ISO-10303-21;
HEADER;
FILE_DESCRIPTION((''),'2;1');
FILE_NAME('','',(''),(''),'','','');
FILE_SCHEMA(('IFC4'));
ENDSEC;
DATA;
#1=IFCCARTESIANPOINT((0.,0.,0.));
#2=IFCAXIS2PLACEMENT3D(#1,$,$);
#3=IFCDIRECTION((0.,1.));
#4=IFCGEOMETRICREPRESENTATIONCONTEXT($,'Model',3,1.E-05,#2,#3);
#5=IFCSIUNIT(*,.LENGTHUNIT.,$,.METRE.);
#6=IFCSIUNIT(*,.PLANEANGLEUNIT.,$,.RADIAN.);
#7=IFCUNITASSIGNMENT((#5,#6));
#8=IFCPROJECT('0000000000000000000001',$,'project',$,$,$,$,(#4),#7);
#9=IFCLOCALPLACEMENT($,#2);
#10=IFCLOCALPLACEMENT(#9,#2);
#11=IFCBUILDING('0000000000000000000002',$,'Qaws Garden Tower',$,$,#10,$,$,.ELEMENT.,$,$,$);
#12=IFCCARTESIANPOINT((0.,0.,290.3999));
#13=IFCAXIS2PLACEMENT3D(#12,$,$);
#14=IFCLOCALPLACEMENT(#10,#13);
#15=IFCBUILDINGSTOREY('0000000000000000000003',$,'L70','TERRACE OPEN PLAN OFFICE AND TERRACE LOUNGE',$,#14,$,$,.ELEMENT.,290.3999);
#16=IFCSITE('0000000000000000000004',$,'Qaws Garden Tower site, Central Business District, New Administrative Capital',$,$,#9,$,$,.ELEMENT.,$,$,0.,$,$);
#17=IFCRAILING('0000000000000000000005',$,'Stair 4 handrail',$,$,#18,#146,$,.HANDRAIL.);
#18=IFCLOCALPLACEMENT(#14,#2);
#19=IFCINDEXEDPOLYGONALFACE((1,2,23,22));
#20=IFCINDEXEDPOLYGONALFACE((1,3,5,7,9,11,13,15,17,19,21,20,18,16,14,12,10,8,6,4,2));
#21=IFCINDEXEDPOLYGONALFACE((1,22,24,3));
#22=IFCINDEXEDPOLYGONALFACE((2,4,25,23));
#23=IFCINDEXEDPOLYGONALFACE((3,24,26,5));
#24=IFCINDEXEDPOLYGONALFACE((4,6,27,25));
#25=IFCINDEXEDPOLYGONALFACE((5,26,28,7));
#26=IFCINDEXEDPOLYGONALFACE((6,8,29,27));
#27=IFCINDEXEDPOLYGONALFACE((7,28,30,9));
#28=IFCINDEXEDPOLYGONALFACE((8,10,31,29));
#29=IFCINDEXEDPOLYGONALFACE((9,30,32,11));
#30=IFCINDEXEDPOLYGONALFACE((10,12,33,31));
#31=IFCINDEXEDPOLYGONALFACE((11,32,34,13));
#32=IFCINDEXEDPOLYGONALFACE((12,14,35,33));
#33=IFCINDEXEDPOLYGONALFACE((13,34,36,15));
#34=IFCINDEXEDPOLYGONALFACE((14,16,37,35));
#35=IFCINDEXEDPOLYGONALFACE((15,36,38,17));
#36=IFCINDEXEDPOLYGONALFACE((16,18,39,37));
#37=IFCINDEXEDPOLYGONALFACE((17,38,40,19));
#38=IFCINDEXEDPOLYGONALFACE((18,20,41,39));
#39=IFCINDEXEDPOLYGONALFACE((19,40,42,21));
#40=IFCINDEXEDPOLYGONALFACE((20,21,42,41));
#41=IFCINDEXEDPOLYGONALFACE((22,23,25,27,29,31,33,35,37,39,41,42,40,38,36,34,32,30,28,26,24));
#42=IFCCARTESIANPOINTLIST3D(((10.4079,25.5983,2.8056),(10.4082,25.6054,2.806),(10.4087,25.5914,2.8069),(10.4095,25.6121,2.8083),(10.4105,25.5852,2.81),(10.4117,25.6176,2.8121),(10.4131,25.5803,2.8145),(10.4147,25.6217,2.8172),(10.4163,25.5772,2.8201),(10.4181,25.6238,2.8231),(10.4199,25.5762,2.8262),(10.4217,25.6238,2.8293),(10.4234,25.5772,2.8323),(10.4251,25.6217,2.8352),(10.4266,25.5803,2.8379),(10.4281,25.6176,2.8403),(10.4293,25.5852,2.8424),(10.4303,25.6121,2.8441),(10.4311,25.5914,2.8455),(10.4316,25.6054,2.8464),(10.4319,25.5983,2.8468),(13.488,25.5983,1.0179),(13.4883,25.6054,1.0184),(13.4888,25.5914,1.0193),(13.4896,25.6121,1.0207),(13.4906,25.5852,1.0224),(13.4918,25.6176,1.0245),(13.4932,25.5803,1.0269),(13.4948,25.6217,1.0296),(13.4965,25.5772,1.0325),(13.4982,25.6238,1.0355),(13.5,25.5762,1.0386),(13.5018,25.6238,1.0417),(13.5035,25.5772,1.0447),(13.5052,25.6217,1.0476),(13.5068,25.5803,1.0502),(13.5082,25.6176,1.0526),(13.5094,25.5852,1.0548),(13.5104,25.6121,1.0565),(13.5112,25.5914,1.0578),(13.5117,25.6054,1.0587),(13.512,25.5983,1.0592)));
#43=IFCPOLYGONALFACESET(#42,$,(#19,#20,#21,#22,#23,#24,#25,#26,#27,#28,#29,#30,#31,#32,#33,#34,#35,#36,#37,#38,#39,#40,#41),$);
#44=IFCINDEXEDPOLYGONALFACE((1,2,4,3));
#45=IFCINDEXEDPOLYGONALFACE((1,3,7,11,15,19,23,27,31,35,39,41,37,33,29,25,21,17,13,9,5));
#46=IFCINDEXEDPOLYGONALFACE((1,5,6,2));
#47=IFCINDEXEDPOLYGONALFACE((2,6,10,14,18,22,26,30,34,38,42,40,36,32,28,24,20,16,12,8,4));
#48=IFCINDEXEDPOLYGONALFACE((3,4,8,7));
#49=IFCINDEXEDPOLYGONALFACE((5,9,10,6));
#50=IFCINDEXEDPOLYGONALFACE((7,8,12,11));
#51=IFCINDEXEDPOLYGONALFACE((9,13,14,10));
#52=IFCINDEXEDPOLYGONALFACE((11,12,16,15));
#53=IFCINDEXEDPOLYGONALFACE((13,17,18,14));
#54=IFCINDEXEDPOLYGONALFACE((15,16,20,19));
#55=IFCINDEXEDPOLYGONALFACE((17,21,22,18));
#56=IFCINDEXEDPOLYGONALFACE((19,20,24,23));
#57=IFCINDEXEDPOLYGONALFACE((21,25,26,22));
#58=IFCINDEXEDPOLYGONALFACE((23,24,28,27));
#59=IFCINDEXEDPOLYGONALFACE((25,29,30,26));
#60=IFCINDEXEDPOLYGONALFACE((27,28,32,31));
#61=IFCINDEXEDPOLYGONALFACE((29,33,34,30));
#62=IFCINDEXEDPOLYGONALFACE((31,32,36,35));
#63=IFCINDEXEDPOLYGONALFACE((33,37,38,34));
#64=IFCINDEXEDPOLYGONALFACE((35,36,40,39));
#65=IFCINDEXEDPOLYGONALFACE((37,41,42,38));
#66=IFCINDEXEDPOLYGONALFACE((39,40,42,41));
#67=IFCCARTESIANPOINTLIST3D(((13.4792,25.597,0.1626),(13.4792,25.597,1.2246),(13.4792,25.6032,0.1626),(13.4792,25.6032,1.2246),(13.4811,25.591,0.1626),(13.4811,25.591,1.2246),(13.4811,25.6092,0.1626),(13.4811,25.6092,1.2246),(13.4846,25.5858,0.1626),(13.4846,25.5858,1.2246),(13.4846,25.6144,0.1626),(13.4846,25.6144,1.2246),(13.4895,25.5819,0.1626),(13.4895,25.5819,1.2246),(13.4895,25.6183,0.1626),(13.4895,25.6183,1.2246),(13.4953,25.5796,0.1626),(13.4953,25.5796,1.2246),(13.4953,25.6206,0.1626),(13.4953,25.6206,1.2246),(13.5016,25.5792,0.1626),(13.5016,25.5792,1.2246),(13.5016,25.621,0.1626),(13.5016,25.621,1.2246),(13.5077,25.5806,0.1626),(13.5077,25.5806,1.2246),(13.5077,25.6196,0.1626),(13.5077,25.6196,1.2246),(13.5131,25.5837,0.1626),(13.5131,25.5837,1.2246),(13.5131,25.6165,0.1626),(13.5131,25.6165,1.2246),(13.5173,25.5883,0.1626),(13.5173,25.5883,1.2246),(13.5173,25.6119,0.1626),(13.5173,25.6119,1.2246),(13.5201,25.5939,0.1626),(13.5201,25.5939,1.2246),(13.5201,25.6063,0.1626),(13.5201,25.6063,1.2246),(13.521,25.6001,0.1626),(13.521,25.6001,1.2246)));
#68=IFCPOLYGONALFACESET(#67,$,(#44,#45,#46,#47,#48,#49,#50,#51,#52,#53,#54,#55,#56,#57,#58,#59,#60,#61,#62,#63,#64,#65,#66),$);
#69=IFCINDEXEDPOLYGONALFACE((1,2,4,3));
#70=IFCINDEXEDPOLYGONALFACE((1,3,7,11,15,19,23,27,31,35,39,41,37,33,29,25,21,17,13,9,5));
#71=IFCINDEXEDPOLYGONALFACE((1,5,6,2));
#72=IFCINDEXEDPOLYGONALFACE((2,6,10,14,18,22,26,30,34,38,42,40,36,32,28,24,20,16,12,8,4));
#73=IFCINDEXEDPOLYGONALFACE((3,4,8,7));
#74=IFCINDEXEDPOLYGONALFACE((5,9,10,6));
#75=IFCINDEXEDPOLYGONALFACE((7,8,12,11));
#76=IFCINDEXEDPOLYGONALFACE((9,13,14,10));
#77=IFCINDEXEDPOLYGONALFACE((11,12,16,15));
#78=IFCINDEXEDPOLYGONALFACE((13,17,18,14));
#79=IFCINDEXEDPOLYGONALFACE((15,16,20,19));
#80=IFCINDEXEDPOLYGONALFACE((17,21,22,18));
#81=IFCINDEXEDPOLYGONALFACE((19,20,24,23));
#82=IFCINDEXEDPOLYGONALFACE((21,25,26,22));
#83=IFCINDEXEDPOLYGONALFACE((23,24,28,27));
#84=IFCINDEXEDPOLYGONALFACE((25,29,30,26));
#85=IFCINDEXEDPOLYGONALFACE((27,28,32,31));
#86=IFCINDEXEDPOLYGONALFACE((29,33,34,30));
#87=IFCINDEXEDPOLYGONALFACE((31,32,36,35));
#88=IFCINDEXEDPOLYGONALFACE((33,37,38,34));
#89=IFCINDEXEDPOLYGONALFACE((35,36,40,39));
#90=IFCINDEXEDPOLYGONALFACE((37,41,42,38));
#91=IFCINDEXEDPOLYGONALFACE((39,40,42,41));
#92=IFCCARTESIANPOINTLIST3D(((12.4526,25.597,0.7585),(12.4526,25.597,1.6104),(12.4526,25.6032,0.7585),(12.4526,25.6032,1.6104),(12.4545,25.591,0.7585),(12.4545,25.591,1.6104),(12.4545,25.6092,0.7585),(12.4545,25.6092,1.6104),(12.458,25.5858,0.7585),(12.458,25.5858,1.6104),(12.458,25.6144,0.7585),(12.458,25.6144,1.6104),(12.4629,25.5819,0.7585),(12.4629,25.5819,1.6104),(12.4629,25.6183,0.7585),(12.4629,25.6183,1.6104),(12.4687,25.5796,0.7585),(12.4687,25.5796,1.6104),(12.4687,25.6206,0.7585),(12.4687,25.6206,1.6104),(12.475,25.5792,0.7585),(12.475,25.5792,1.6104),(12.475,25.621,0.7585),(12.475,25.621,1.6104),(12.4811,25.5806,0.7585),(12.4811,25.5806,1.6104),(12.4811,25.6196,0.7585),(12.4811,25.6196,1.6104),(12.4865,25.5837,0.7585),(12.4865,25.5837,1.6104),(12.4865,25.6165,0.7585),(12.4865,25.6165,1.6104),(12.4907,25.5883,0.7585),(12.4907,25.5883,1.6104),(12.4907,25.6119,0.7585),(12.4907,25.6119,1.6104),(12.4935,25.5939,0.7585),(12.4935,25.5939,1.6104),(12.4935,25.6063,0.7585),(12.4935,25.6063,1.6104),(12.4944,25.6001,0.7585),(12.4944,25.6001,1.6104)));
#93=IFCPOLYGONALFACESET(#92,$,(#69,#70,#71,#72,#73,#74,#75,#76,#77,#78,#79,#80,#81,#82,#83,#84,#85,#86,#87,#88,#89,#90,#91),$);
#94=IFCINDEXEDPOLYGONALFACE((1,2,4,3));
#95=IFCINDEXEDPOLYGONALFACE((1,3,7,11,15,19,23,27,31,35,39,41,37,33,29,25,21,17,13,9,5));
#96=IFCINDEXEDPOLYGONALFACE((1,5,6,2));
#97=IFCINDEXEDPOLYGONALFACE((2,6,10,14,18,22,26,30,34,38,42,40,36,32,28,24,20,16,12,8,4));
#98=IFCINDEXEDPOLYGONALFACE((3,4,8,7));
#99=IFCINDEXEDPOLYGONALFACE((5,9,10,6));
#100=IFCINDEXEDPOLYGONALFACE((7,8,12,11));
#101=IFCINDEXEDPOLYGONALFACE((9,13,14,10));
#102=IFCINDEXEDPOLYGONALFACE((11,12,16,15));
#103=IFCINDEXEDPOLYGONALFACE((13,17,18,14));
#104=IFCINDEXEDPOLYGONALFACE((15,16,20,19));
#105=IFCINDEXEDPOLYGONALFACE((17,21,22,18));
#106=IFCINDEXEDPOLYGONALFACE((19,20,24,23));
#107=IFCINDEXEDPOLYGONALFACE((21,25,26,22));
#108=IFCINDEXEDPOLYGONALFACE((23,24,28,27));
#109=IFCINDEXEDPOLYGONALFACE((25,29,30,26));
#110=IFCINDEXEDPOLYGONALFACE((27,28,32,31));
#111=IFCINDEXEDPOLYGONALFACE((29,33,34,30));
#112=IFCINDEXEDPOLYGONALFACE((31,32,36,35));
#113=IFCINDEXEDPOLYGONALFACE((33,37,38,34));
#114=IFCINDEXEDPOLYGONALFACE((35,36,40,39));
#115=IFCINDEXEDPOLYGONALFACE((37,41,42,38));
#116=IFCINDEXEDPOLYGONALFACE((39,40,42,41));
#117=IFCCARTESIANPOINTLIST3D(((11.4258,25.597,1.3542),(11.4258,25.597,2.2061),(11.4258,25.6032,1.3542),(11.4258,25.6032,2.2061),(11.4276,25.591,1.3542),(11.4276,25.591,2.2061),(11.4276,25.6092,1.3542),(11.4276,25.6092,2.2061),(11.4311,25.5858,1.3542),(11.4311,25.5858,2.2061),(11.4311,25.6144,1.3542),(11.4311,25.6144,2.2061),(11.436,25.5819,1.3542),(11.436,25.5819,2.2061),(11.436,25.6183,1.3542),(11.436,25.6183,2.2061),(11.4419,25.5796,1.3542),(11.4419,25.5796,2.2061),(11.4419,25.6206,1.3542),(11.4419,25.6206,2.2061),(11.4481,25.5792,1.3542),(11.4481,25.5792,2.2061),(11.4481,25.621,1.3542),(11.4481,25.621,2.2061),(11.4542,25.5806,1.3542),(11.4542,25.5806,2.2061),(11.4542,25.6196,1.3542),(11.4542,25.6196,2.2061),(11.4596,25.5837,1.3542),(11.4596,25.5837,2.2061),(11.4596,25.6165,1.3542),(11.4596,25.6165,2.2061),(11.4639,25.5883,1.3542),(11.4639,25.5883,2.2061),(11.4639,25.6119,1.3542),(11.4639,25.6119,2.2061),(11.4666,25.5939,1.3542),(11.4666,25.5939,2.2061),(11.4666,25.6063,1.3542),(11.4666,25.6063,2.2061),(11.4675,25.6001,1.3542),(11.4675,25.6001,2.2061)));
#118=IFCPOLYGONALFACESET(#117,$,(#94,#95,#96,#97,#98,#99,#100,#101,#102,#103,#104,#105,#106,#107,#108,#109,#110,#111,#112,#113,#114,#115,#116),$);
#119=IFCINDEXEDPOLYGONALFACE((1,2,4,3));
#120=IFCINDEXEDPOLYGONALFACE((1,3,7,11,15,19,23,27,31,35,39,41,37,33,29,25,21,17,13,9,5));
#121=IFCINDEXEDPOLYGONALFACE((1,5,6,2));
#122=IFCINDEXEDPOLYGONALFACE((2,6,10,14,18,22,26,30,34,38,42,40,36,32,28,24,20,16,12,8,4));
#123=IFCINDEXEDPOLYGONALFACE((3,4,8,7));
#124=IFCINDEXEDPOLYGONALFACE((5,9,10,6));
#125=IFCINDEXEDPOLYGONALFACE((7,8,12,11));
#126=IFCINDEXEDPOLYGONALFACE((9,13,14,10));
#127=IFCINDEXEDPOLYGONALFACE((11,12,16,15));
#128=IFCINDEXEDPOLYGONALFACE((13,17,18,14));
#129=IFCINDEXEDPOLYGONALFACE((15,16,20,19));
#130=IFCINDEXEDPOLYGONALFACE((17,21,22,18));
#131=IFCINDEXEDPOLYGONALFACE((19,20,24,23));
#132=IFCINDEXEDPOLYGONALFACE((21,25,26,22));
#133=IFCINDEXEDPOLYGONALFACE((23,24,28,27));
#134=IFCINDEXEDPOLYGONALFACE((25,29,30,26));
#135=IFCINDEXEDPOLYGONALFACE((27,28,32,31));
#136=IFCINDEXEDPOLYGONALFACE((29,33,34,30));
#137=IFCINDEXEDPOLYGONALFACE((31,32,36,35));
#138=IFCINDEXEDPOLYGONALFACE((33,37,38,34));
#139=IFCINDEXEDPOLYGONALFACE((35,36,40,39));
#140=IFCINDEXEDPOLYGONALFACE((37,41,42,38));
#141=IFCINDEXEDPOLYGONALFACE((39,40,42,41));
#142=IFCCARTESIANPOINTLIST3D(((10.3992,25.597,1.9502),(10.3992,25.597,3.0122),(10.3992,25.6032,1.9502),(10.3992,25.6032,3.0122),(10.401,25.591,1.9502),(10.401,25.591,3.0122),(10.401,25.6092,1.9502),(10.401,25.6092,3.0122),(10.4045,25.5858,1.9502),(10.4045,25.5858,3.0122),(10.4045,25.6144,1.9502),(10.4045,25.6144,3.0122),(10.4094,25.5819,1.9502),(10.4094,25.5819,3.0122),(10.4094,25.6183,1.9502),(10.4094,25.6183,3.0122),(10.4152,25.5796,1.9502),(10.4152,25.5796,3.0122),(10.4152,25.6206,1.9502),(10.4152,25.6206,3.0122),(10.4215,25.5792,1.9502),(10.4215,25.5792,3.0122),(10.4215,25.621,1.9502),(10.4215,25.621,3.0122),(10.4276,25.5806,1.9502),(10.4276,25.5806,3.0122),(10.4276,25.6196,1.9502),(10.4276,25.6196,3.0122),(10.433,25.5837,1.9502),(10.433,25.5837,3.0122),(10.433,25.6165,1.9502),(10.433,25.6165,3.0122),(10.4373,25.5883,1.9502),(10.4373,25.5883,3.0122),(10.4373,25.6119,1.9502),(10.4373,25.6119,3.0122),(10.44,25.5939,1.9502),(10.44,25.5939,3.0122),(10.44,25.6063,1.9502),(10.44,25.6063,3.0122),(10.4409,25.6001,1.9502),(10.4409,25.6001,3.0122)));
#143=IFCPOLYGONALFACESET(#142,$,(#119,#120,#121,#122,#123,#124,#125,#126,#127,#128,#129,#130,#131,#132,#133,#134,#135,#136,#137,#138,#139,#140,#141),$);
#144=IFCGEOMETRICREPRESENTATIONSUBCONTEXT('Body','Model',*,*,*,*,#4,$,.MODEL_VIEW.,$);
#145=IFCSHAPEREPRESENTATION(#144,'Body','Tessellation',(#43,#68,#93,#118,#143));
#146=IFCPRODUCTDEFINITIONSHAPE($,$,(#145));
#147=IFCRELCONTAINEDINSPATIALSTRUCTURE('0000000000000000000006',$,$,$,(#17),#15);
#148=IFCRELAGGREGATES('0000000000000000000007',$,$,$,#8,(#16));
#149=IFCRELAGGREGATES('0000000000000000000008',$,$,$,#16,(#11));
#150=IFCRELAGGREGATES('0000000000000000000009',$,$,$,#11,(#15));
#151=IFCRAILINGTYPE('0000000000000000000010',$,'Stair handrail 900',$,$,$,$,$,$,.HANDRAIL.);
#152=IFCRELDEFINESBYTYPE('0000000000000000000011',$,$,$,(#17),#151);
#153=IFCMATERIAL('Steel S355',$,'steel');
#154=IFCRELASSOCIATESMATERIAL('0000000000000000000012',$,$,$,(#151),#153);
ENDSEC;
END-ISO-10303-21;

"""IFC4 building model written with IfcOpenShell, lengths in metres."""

from ifc_helpers import new_model, si_unit, direction, frame, origin, origin_2d, place, context, subcontext, project, spatial, circle, extrude, material, type_object, element, save


model = new_model("IFC4")

# Units and contexts
model_context = context("Model", 3, precision=1e-05, world=origin(), true_north=direction((0.0, 1.0)))
body_context = subcontext(model_context, "Body", "Model", "MODEL_VIEW")
ifc_project = project(units=[si_unit("LENGTHUNIT", "METRE"), si_unit("PLANEANGLEUNIT", "RADIAN")], contexts=[model_context])

# Site, building, storey
site_placement = place(None, origin())
site = spatial("IfcSite", under=ifc_project, at=site_placement, Name="Qaws Garden Tower site, Central Business District, New Administrative Capital", CompositionType="ELEMENT", RefElevation=0.0)
building_placement = place(site_placement, origin())
building = spatial("IfcBuilding", under=site, at=building_placement, Name="Qaws Garden Tower", CompositionType="ELEMENT")
storey_placement = place(building_placement, frame((0.0, 0.0, 290.3999)))
storey = spatial("IfcBuildingStorey", under=building, at=storey_placement, Name="L70", Description="TERRACE OPEN PLAN OFFICE AND TERRACE LOUNGE", CompositionType="ELEMENT", Elevation=290.3999)

# Railing
ifc_material_1 = material(Name="Steel S355", Category="steel")
railing_type = type_object("IfcRailingType", Name="Stair handrail 900", PredefinedType="HANDRAIL", material=ifc_material_1)
railing_1_placement = place(storey_placement, frame((13.5, 25.6001, 0.1626)))
element("IfcRailing", 1, at=railing_1_placement, inside=storey, type_object=railing_type, Name="Stair 4 handrail", PredefinedType="HANDRAIL", context=body_context, shape_type="SweptSolid", body=[
    extrude(circle(Radius=0.0239, at=origin_2d()), frame((0.0, 0.0, 0.876), z_axis=(-0.864891, 0.0, 0.50196), x_axis=(0.0, -1.0, 0.0)), (0.0, 0.0, 1.0), 3.5613),
    extrude(circle(Radius=0.021, at=origin_2d()), origin(), (0.0, 0.0, 1.0), 1.062),
    extrude(circle(Radius=0.021, at=origin_2d()), frame((-1.0266, 0.0, 0.5959)), (0.0, 0.0, 1.0), 0.8518),
    extrude(circle(Radius=0.021, at=origin_2d()), frame((-2.0535, 0.0, 1.1917)), (0.0, 0.0, 1.0), 0.8518),
    extrude(circle(Radius=0.021, at=origin_2d()), frame((-3.0801, 0.0, 1.7876)), (0.0, 0.0, 1.0), 1.062),
])

save(model, "model.ifc")
